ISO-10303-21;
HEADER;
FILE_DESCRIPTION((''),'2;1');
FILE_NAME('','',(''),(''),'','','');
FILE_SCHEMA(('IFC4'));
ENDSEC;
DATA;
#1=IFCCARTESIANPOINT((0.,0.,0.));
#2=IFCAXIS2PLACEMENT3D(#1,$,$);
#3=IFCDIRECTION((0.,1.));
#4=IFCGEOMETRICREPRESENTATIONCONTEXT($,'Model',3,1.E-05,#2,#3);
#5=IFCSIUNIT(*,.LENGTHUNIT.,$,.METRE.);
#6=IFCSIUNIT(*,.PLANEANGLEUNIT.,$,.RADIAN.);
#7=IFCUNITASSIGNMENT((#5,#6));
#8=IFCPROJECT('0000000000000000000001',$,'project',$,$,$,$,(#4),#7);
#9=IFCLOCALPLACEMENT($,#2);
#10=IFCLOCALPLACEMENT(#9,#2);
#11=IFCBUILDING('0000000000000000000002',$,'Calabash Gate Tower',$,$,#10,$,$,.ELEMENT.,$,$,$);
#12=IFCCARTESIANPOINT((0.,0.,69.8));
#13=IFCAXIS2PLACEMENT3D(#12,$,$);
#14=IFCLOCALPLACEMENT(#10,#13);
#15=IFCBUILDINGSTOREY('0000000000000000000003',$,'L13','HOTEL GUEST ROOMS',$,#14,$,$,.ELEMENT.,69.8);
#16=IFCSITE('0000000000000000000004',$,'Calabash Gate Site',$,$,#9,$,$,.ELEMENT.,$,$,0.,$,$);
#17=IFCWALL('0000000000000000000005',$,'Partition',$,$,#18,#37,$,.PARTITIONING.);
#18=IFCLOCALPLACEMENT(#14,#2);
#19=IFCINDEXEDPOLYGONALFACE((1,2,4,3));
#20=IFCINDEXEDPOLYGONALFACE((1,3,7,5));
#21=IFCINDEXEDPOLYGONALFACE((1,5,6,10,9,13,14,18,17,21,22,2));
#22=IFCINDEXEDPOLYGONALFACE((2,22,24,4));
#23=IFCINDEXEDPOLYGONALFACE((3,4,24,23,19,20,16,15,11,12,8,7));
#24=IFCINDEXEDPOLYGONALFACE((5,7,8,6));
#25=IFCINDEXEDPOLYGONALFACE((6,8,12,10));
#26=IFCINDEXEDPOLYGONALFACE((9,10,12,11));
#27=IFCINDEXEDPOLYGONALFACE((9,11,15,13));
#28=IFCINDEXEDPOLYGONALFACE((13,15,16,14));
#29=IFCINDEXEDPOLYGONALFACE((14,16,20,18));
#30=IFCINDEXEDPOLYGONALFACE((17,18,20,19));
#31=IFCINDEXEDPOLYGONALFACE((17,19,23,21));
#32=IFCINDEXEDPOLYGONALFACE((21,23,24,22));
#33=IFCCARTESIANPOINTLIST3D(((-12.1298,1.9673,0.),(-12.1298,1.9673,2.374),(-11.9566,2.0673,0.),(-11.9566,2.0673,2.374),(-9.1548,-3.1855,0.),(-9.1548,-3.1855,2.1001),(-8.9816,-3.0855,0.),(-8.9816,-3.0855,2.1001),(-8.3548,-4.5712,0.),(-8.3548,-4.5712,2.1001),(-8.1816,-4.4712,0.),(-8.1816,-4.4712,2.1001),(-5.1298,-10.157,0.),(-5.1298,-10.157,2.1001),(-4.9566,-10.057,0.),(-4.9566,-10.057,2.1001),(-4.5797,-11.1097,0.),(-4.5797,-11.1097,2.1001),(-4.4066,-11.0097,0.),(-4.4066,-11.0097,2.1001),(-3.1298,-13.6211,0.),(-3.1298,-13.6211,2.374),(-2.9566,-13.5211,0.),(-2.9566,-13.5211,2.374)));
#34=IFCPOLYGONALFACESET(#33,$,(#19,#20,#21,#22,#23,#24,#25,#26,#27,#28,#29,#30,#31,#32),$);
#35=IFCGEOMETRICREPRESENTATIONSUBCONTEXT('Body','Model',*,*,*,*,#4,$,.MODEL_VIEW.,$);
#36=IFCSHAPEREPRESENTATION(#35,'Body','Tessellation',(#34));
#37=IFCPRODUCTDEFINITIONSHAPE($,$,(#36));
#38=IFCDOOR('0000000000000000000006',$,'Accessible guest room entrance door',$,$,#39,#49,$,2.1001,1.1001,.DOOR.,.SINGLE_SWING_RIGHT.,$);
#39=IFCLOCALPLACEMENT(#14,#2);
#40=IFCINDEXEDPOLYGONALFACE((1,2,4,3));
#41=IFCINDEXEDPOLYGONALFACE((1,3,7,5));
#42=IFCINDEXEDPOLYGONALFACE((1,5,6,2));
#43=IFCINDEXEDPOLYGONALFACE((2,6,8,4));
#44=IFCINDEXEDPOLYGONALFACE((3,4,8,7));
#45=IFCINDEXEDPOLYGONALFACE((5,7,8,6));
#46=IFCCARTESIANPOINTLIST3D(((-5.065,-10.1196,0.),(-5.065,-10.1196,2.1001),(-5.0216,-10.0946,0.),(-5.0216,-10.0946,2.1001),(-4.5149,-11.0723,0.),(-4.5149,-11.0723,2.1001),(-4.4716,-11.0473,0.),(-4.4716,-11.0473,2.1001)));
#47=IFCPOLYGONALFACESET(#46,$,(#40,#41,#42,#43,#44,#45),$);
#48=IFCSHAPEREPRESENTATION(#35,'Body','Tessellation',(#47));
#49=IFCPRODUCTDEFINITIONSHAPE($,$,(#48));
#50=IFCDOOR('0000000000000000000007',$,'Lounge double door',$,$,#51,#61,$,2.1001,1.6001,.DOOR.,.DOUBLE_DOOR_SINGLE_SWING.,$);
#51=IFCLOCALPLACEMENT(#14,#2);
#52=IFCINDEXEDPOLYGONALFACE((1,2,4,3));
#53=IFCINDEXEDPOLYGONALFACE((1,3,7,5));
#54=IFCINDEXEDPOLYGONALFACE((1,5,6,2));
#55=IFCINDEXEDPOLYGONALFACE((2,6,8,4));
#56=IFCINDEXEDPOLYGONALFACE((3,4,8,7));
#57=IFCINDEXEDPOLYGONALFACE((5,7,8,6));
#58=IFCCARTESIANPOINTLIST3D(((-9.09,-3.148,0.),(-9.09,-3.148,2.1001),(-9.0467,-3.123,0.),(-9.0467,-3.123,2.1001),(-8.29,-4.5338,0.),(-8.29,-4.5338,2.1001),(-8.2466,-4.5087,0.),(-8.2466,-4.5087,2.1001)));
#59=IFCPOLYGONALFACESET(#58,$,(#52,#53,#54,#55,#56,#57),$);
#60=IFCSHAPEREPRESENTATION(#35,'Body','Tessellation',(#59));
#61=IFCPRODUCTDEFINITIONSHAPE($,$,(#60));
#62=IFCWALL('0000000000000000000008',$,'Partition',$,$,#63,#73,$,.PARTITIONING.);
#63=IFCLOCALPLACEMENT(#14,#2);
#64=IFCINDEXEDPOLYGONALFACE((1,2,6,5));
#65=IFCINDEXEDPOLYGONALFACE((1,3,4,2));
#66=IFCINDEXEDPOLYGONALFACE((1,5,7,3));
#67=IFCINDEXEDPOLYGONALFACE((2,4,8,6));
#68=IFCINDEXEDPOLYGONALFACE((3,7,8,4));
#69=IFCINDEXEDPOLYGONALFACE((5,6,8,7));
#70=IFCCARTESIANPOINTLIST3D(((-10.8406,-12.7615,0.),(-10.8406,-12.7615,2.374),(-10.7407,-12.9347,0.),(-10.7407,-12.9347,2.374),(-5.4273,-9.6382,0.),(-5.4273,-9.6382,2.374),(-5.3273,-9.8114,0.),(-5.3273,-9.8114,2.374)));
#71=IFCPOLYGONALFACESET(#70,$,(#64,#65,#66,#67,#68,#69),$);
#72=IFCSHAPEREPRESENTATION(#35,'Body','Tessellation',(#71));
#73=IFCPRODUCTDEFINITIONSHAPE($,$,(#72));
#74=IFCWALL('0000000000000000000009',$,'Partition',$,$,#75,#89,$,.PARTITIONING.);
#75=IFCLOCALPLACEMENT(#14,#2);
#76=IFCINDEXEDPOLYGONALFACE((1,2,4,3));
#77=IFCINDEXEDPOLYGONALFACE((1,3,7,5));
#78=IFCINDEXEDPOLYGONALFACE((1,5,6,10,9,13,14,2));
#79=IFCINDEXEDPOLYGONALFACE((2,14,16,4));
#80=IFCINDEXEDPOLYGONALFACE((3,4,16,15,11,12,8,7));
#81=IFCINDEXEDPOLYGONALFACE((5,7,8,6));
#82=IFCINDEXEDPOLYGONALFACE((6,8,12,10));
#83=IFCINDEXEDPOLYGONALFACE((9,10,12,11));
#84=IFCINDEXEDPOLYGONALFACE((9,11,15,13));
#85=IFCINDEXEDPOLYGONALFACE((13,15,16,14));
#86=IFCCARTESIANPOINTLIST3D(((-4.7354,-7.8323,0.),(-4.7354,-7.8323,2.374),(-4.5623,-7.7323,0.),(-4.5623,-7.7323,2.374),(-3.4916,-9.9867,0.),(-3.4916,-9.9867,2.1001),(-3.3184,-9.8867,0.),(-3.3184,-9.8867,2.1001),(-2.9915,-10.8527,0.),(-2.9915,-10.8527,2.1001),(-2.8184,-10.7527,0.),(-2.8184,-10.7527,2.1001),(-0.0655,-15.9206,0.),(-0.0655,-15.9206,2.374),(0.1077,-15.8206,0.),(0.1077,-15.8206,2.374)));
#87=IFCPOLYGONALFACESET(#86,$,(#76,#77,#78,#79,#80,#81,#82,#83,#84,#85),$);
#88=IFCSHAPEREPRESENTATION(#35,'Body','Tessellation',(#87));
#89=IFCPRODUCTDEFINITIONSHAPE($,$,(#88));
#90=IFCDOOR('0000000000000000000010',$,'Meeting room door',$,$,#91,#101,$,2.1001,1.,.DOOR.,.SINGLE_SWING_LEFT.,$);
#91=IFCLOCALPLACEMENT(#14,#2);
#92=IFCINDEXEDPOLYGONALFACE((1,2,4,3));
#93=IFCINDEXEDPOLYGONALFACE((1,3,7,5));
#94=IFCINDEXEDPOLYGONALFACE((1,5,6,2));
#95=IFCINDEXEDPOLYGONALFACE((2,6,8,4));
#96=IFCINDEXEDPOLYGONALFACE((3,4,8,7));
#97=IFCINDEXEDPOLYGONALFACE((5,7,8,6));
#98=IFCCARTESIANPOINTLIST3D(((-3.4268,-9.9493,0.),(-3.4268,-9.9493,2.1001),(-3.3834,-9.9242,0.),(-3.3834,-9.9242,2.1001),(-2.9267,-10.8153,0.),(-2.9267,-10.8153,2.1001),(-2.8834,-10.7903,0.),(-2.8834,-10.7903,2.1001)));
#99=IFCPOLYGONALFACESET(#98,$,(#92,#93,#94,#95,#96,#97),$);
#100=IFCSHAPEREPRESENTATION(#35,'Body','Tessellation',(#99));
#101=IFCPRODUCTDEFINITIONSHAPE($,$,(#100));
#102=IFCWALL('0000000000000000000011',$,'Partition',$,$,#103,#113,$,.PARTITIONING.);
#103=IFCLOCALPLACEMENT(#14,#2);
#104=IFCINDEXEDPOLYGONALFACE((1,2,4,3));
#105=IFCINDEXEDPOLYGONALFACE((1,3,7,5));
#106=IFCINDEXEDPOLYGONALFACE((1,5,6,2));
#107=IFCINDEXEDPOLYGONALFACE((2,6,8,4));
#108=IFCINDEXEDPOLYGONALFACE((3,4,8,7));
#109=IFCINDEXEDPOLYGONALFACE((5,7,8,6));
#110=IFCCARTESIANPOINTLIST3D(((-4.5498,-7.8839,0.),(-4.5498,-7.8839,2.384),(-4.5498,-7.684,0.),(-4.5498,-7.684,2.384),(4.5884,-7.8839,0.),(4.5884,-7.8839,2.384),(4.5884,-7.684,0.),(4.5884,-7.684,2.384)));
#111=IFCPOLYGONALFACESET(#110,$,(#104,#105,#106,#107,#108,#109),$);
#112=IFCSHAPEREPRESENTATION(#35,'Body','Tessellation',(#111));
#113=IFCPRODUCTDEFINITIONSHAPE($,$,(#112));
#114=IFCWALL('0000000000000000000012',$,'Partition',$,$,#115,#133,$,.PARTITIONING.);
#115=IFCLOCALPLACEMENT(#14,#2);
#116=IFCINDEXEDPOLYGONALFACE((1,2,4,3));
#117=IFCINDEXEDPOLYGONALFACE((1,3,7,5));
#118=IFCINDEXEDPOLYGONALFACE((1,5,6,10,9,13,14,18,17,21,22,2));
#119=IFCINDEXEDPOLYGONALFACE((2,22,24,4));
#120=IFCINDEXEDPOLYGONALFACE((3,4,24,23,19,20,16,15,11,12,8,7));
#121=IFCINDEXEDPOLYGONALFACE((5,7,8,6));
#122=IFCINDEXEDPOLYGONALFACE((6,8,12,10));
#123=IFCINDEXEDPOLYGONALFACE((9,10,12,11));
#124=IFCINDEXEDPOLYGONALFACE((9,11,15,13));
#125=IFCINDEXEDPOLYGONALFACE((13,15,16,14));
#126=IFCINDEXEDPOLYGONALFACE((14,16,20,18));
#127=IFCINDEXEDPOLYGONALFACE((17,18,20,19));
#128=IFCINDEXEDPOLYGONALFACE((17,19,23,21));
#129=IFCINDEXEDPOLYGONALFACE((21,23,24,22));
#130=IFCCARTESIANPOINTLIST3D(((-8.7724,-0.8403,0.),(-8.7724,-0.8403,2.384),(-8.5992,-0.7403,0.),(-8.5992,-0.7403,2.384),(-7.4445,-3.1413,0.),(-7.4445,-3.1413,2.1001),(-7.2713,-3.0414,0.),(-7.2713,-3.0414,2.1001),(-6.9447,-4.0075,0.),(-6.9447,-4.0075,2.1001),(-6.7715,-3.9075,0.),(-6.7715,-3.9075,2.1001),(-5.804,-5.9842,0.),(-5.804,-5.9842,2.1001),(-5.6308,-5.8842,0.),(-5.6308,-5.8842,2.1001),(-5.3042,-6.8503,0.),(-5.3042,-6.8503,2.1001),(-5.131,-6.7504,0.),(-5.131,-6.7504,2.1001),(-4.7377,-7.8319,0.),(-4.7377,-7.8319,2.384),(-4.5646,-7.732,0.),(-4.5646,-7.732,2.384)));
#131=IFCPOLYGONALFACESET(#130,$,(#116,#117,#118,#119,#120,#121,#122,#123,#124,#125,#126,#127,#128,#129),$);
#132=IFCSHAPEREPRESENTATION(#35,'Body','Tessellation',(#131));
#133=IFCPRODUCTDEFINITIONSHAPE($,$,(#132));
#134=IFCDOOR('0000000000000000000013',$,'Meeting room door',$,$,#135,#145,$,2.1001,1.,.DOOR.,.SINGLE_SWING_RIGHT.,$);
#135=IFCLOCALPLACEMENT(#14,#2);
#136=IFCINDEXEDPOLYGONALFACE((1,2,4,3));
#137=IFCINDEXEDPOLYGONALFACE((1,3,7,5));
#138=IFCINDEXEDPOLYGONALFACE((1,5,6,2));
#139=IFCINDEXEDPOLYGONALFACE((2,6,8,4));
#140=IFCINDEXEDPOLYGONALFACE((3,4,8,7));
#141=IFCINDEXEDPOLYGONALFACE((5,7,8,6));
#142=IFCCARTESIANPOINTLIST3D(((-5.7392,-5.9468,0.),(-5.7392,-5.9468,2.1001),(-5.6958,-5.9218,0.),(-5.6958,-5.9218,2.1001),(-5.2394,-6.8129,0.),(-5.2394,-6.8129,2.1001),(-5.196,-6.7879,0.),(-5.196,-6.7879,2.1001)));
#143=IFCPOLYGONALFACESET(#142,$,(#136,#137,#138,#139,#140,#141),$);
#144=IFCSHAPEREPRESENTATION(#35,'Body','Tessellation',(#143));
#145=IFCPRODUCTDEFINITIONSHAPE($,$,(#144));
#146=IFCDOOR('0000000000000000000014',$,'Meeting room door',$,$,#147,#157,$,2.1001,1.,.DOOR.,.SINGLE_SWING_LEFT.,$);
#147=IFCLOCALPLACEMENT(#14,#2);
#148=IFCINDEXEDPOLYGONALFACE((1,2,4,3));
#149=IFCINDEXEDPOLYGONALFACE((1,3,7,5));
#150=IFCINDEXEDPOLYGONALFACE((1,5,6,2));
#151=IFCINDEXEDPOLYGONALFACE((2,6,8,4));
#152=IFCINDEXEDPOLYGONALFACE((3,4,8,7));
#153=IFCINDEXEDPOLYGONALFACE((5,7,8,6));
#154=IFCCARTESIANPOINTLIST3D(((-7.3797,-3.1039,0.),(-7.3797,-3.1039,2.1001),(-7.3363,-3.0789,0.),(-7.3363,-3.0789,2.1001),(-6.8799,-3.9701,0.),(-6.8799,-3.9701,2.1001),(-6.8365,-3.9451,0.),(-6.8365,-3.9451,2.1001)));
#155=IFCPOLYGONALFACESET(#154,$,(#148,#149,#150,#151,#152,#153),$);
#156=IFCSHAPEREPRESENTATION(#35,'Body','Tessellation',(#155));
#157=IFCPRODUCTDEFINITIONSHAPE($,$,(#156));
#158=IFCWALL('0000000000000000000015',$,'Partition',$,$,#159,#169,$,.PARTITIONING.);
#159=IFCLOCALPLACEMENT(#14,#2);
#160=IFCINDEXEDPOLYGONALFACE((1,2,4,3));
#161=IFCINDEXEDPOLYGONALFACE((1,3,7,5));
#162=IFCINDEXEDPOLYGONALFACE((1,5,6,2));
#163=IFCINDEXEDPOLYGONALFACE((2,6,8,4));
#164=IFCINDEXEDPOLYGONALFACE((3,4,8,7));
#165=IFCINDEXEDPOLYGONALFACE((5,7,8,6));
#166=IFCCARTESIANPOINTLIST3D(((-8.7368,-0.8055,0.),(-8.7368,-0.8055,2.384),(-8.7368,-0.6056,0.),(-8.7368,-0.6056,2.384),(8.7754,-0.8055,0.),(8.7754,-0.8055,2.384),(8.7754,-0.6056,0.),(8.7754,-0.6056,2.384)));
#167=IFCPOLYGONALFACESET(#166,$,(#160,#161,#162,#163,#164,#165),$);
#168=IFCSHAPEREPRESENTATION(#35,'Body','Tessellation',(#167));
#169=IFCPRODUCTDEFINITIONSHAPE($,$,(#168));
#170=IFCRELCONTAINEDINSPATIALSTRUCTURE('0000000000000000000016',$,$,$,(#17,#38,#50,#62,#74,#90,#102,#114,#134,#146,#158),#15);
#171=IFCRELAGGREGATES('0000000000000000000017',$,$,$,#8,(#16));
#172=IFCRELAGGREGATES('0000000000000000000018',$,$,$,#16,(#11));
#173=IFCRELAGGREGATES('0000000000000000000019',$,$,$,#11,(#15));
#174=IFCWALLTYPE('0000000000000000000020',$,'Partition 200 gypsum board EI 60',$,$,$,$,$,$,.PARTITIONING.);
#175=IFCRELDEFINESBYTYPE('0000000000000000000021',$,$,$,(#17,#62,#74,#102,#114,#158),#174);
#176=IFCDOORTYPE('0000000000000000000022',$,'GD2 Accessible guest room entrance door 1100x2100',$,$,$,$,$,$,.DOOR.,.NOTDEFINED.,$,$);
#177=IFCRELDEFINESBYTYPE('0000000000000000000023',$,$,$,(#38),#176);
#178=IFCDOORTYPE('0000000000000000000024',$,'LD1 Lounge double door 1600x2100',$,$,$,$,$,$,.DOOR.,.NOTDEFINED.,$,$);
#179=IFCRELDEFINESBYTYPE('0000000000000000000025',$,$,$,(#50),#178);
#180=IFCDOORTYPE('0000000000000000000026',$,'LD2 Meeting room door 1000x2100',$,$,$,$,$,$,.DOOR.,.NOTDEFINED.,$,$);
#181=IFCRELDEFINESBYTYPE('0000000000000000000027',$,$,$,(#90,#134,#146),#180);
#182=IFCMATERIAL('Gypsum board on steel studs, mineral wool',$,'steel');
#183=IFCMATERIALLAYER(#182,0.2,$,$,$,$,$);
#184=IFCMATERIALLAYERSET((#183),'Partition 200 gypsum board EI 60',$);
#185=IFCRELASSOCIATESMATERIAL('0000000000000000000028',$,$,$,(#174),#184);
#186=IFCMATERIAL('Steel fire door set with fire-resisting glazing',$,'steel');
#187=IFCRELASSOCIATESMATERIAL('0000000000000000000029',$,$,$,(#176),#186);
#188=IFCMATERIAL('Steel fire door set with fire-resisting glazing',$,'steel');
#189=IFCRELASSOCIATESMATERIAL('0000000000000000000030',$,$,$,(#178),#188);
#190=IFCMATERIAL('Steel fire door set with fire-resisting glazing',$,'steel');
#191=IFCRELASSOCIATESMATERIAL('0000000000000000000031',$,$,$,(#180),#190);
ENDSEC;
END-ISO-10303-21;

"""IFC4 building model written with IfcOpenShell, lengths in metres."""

from ifc_helpers import new_model, si_unit, direction, frame, frame_2d, origin, place, context, subcontext, project, spatial, rectangle, extrude, material, layer, layer_set, type_object, element, fill, save


model = new_model("IFC4")

# Units and contexts
model_context = context("Model", 3, precision=1e-05, world=origin(), true_north=direction((0.0, 1.0)))
body_context = subcontext(model_context, "Body", "Model", "MODEL_VIEW")
ifc_project = project(units=[si_unit("LENGTHUNIT", "METRE"), si_unit("PLANEANGLEUNIT", "RADIAN")], contexts=[model_context])

# Site, building, storey
site_placement = place(None, origin())
site = spatial("IfcSite", under=ifc_project, at=site_placement, Name="Calabash Gate Site", CompositionType="ELEMENT", RefElevation=0.0)
building_placement = place(site_placement, origin())
building = spatial("IfcBuilding", under=site, at=building_placement, Name="Calabash Gate Tower", CompositionType="ELEMENT")
storey_placement = place(building_placement, frame((0.0, 0.0, 69.8)))
storey = spatial("IfcBuildingStorey", under=building, at=storey_placement, Name="L13", Description="HOTEL GUEST ROOMS", CompositionType="ELEMENT", Elevation=69.8)

# Wall, openings, doors
ifc_material_1 = material(Name="Gypsum board on steel studs, mineral wool", Category="steel")
ifc_layer_1 = layer(ifc_material_1, 0.2)
ifc_layer_set_1 = layer_set([ifc_layer_1], Name="Partition 200 gypsum board EI 60")
wall_type_1 = type_object("IfcWallType", Name="Partition 200 gypsum board EI 60", PredefinedType="PARTITIONING", material=ifc_layer_set_1)
wall_1_placement = place(storey_placement, frame((-12.0432, 2.0173, 0.0), z_axis=(0.0, 0.0, 1.0), x_axis=(0.500002, -0.866024, 0.0)))
wall_1 = element("IfcWall", 1, at=wall_1_placement, inside=storey, type_object=wall_type_1, Name="Partition", PredefinedType="PARTITIONING", context=body_context, shape_type="SweptSolid", body=[
    extrude(rectangle(XDim=18.0, YDim=0.2, at=frame_2d((9.0, 0.0))), origin(), (0.0, 0.0, 1.0), 2.374),
])
opening_1_placement = place(wall_1_placement, frame((5.95, 0.0, 0.0)))
opening_1 = element("IfcOpeningElement", 2, at=opening_1_placement, cuts=wall_1, PredefinedType="OPENING", context=body_context, shape_type="SweptSolid", body=[
    extrude(rectangle(XDim=1.6001, YDim=2.1001, at=frame_2d((0.8, 1.05))), frame((0.0, 0.1099, 0.0), z_axis=(0.0, -1.0, 0.0), x_axis=(1.0, 0.0, 0.0)), (0.0, 0.0, 1.0), 0.22),
])
opening_2_placement = place(wall_1_placement, frame((14.0, 0.0, 0.0)))
opening_2 = element("IfcOpeningElement", 3, at=opening_2_placement, cuts=wall_1, PredefinedType="OPENING", context=body_context, shape_type="SweptSolid", body=[
    extrude(rectangle(XDim=1.1001, YDim=2.1001, at=frame_2d((0.55, 1.05))), frame((0.0, 0.1099, 0.0), z_axis=(0.0, -1.0, 0.0), x_axis=(1.0, 0.0, 0.0)), (0.0, 0.0, 1.0), 0.22),
])
ifc_material_2 = material(Name="Steel fire door set with fire-resisting glazing", Category="steel")
door_type_1 = type_object("IfcDoorType", Name="GD2 Accessible guest room entrance door 1100x2100", OperationType="NOTDEFINED", PredefinedType="DOOR", material=ifc_material_2)
door_1_placement = place(opening_2_placement, origin())
door_1 = element("IfcDoor", 4, at=door_1_placement, inside=storey, type_object=door_type_1, Name="Accessible guest room entrance door", OperationType="SINGLE_SWING_RIGHT", OverallHeight=2.1001, OverallWidth=1.1001, PredefinedType="DOOR", context=body_context, shape_type="SweptSolid", body=[
    extrude(rectangle(XDim=1.1001, YDim=2.1001, at=frame_2d((0.55, 1.05))), frame((0.0, 0.0249, 0.0), z_axis=(0.0, -1.0, 0.0), x_axis=(1.0, 0.0, 0.0)), (0.0, 0.0, 1.0), 0.05),
])
fill(opening_2, door_1)
ifc_material_3 = material(Name="Steel fire door set with fire-resisting glazing", Category="steel")
door_type_2 = type_object("IfcDoorType", Name="LD1 Lounge double door 1600x2100", OperationType="NOTDEFINED", PredefinedType="DOOR", material=ifc_material_3)
door_2_placement = place(opening_1_placement, origin())
door_2 = element("IfcDoor", 5, at=door_2_placement, inside=storey, type_object=door_type_2, Name="Lounge double door", OperationType="DOUBLE_DOOR_SINGLE_SWING", OverallHeight=2.1001, OverallWidth=1.6001, PredefinedType="DOOR", context=body_context, shape_type="SweptSolid", body=[
    extrude(rectangle(XDim=1.6001, YDim=2.1001, at=frame_2d((0.8, 1.05))), frame((0.0, 0.0249, 0.0), z_axis=(0.0, -1.0, 0.0), x_axis=(1.0, 0.0, 0.0)), (0.0, 0.0, 1.0), 0.05),
])
fill(opening_1, door_2)

# Wall
wall_2_placement = place(storey_placement, frame((-10.7908, -12.8481, 0.0), z_axis=(0.0, 0.0, 1.0), x_axis=(0.866171, 0.499748, 0.0)))
element("IfcWall", 6, at=wall_2_placement, inside=storey, type_object=wall_type_1, Name="Partition", PredefinedType="PARTITIONING", context=body_context, shape_type="SweptSolid", body=[
    extrude(rectangle(XDim=6.2498, YDim=0.2, at=frame_2d((3.125, 0.0))), origin(), (0.0, 0.0, 1.0), 2.374),
])

# Wall, opening, door
wall_3_placement = place(storey_placement, frame((-4.6489, -7.7822, 0.0), z_axis=(0.0, 0.0, 1.0), x_axis=(0.500019, -0.866015, 0.0)))
wall_3 = element("IfcWall", 7, at=wall_3_placement, inside=storey, type_object=wall_type_1, Name="Partition", PredefinedType="PARTITIONING", context=body_context, shape_type="SweptSolid", body=[
    extrude(rectangle(XDim=9.3396, YDim=0.2, at=frame_2d((4.6699, 0.0))), origin(), (0.0, 0.0, 1.0), 2.374),
])
opening_3_placement = place(wall_3_placement, frame((2.4878, 0.0, 0.0)))
opening_3 = element("IfcOpeningElement", 8, at=opening_3_placement, cuts=wall_3, PredefinedType="OPENING", context=body_context, shape_type="SweptSolid", body=[
    extrude(rectangle(XDim=1.0, YDim=2.1001, at=frame_2d((0.5, 1.05))), frame((0.0, 0.1099, 0.0), z_axis=(0.0, -1.0, 0.0), x_axis=(1.0, 0.0, 0.0)), (0.0, 0.0, 1.0), 0.22),
])
ifc_material_4 = material(Name="Steel fire door set with fire-resisting glazing", Category="steel")
door_type_3 = type_object("IfcDoorType", Name="LD2 Meeting room door 1000x2100", OperationType="NOTDEFINED", PredefinedType="DOOR", material=ifc_material_4)
door_3_placement = place(opening_3_placement, origin())
door_3 = element("IfcDoor", 9, at=door_3_placement, inside=storey, type_object=door_type_3, Name="Meeting room door", OperationType="SINGLE_SWING_LEFT", OverallHeight=2.1001, OverallWidth=1.0, PredefinedType="DOOR", context=body_context, shape_type="SweptSolid", body=[
    extrude(rectangle(XDim=1.0, YDim=2.1001, at=frame_2d((0.5, 1.05))), frame((0.0, 0.0249, 0.0), z_axis=(0.0, -1.0, 0.0), x_axis=(1.0, 0.0, 0.0)), (0.0, 0.0, 1.0), 0.05),
])
fill(opening_3, door_3)

# Wall
wall_4_placement = place(storey_placement, frame((-4.5498, -7.7839, 0.0), z_axis=(0.0, 0.0, 1.0), x_axis=(1.0, 0.0, 0.0)))
element("IfcWall", 10, at=wall_4_placement, inside=storey, type_object=wall_type_1, Name="Partition", PredefinedType="PARTITIONING", context=body_context, shape_type="SweptSolid", body=[
    extrude(rectangle(XDim=9.1382, YDim=0.2, at=frame_2d((4.5691, 0.0))), origin(), (0.0, 0.0, 1.0), 2.384),
])

# Wall, openings, doors
wall_5_placement = place(storey_placement, frame((-8.6858, -0.7903, 0.0), z_axis=(0.0, 0.0, 1.0), x_axis=(0.499815, -0.866132, 0.0)))
wall_5 = element("IfcWall", 11, at=wall_5_placement, inside=storey, type_object=wall_type_1, Name="Partition", PredefinedType="PARTITIONING", context=body_context, shape_type="SweptSolid", body=[
    extrude(rectangle(XDim=8.0723, YDim=0.2, at=frame_2d((4.0361, 0.0))), origin(), (0.0, 0.0, 1.0), 2.384),
])
opening_4_placement = place(wall_5_placement, frame((5.939, 0.0, 0.0)))
opening_4 = element("IfcOpeningElement", 12, at=opening_4_placement, cuts=wall_5, PredefinedType="OPENING", context=body_context, shape_type="SweptSolid", body=[
    extrude(rectangle(XDim=1.0, YDim=2.1001, at=frame_2d((0.5, 1.05))), frame((0.0, 0.1099, 0.0), z_axis=(0.0, -1.0, 0.0), x_axis=(1.0, 0.0, 0.0)), (0.0, 0.0, 1.0), 0.22),
])
opening_5_placement = place(wall_5_placement, frame((2.6567, 0.0, 0.0)))
opening_5 = element("IfcOpeningElement", 13, at=opening_5_placement, cuts=wall_5, PredefinedType="OPENING", context=body_context, shape_type="SweptSolid", body=[
    extrude(rectangle(XDim=1.0, YDim=2.1001, at=frame_2d((0.5, 1.05))), frame((0.0, 0.1099, 0.0), z_axis=(0.0, -1.0, 0.0), x_axis=(1.0, 0.0, 0.0)), (0.0, 0.0, 1.0), 0.22),
])
door_4_placement = place(opening_4_placement, origin())
door_4 = element("IfcDoor", 14, at=door_4_placement, inside=storey, type_object=door_type_3, Name="Meeting room door", OperationType="SINGLE_SWING_RIGHT", OverallHeight=2.1001, OverallWidth=1.0, PredefinedType="DOOR", context=body_context, shape_type="SweptSolid", body=[
    extrude(rectangle(XDim=1.0, YDim=2.1001, at=frame_2d((0.5, 1.05))), frame((0.0, 0.0249, 0.0), z_axis=(0.0, -1.0, 0.0), x_axis=(1.0, 0.0, 0.0)), (0.0, 0.0, 1.0), 0.05),
])
fill(opening_4, door_4)
door_5_placement = place(opening_5_placement, origin())
door_5 = element("IfcDoor", 15, at=door_5_placement, inside=storey, type_object=door_type_3, Name="Meeting room door", OperationType="SINGLE_SWING_LEFT", OverallHeight=2.1001, OverallWidth=1.0, PredefinedType="DOOR", context=body_context, shape_type="SweptSolid", body=[
    extrude(rectangle(XDim=1.0, YDim=2.1001, at=frame_2d((0.5, 1.05))), frame((0.0, 0.0249, 0.0), z_axis=(0.0, -1.0, 0.0), x_axis=(1.0, 0.0, 0.0)), (0.0, 0.0, 1.0), 0.05),
])
fill(opening_5, door_5)

# Wall
wall_6_placement = place(storey_placement, frame((-8.7368, -0.7056, 0.0), z_axis=(0.0, 0.0, 1.0), x_axis=(1.0, 0.0, 0.0)))
element("IfcWall", 16, at=wall_6_placement, inside=storey, type_object=wall_type_1, Name="Partition", PredefinedType="PARTITIONING", context=body_context, shape_type="SweptSolid", body=[
    extrude(rectangle(XDim=17.5122, YDim=0.2, at=frame_2d((8.7561, 0.0))), origin(), (0.0, 0.0, 1.0), 2.384),
])

save(model, "model.ifc")
